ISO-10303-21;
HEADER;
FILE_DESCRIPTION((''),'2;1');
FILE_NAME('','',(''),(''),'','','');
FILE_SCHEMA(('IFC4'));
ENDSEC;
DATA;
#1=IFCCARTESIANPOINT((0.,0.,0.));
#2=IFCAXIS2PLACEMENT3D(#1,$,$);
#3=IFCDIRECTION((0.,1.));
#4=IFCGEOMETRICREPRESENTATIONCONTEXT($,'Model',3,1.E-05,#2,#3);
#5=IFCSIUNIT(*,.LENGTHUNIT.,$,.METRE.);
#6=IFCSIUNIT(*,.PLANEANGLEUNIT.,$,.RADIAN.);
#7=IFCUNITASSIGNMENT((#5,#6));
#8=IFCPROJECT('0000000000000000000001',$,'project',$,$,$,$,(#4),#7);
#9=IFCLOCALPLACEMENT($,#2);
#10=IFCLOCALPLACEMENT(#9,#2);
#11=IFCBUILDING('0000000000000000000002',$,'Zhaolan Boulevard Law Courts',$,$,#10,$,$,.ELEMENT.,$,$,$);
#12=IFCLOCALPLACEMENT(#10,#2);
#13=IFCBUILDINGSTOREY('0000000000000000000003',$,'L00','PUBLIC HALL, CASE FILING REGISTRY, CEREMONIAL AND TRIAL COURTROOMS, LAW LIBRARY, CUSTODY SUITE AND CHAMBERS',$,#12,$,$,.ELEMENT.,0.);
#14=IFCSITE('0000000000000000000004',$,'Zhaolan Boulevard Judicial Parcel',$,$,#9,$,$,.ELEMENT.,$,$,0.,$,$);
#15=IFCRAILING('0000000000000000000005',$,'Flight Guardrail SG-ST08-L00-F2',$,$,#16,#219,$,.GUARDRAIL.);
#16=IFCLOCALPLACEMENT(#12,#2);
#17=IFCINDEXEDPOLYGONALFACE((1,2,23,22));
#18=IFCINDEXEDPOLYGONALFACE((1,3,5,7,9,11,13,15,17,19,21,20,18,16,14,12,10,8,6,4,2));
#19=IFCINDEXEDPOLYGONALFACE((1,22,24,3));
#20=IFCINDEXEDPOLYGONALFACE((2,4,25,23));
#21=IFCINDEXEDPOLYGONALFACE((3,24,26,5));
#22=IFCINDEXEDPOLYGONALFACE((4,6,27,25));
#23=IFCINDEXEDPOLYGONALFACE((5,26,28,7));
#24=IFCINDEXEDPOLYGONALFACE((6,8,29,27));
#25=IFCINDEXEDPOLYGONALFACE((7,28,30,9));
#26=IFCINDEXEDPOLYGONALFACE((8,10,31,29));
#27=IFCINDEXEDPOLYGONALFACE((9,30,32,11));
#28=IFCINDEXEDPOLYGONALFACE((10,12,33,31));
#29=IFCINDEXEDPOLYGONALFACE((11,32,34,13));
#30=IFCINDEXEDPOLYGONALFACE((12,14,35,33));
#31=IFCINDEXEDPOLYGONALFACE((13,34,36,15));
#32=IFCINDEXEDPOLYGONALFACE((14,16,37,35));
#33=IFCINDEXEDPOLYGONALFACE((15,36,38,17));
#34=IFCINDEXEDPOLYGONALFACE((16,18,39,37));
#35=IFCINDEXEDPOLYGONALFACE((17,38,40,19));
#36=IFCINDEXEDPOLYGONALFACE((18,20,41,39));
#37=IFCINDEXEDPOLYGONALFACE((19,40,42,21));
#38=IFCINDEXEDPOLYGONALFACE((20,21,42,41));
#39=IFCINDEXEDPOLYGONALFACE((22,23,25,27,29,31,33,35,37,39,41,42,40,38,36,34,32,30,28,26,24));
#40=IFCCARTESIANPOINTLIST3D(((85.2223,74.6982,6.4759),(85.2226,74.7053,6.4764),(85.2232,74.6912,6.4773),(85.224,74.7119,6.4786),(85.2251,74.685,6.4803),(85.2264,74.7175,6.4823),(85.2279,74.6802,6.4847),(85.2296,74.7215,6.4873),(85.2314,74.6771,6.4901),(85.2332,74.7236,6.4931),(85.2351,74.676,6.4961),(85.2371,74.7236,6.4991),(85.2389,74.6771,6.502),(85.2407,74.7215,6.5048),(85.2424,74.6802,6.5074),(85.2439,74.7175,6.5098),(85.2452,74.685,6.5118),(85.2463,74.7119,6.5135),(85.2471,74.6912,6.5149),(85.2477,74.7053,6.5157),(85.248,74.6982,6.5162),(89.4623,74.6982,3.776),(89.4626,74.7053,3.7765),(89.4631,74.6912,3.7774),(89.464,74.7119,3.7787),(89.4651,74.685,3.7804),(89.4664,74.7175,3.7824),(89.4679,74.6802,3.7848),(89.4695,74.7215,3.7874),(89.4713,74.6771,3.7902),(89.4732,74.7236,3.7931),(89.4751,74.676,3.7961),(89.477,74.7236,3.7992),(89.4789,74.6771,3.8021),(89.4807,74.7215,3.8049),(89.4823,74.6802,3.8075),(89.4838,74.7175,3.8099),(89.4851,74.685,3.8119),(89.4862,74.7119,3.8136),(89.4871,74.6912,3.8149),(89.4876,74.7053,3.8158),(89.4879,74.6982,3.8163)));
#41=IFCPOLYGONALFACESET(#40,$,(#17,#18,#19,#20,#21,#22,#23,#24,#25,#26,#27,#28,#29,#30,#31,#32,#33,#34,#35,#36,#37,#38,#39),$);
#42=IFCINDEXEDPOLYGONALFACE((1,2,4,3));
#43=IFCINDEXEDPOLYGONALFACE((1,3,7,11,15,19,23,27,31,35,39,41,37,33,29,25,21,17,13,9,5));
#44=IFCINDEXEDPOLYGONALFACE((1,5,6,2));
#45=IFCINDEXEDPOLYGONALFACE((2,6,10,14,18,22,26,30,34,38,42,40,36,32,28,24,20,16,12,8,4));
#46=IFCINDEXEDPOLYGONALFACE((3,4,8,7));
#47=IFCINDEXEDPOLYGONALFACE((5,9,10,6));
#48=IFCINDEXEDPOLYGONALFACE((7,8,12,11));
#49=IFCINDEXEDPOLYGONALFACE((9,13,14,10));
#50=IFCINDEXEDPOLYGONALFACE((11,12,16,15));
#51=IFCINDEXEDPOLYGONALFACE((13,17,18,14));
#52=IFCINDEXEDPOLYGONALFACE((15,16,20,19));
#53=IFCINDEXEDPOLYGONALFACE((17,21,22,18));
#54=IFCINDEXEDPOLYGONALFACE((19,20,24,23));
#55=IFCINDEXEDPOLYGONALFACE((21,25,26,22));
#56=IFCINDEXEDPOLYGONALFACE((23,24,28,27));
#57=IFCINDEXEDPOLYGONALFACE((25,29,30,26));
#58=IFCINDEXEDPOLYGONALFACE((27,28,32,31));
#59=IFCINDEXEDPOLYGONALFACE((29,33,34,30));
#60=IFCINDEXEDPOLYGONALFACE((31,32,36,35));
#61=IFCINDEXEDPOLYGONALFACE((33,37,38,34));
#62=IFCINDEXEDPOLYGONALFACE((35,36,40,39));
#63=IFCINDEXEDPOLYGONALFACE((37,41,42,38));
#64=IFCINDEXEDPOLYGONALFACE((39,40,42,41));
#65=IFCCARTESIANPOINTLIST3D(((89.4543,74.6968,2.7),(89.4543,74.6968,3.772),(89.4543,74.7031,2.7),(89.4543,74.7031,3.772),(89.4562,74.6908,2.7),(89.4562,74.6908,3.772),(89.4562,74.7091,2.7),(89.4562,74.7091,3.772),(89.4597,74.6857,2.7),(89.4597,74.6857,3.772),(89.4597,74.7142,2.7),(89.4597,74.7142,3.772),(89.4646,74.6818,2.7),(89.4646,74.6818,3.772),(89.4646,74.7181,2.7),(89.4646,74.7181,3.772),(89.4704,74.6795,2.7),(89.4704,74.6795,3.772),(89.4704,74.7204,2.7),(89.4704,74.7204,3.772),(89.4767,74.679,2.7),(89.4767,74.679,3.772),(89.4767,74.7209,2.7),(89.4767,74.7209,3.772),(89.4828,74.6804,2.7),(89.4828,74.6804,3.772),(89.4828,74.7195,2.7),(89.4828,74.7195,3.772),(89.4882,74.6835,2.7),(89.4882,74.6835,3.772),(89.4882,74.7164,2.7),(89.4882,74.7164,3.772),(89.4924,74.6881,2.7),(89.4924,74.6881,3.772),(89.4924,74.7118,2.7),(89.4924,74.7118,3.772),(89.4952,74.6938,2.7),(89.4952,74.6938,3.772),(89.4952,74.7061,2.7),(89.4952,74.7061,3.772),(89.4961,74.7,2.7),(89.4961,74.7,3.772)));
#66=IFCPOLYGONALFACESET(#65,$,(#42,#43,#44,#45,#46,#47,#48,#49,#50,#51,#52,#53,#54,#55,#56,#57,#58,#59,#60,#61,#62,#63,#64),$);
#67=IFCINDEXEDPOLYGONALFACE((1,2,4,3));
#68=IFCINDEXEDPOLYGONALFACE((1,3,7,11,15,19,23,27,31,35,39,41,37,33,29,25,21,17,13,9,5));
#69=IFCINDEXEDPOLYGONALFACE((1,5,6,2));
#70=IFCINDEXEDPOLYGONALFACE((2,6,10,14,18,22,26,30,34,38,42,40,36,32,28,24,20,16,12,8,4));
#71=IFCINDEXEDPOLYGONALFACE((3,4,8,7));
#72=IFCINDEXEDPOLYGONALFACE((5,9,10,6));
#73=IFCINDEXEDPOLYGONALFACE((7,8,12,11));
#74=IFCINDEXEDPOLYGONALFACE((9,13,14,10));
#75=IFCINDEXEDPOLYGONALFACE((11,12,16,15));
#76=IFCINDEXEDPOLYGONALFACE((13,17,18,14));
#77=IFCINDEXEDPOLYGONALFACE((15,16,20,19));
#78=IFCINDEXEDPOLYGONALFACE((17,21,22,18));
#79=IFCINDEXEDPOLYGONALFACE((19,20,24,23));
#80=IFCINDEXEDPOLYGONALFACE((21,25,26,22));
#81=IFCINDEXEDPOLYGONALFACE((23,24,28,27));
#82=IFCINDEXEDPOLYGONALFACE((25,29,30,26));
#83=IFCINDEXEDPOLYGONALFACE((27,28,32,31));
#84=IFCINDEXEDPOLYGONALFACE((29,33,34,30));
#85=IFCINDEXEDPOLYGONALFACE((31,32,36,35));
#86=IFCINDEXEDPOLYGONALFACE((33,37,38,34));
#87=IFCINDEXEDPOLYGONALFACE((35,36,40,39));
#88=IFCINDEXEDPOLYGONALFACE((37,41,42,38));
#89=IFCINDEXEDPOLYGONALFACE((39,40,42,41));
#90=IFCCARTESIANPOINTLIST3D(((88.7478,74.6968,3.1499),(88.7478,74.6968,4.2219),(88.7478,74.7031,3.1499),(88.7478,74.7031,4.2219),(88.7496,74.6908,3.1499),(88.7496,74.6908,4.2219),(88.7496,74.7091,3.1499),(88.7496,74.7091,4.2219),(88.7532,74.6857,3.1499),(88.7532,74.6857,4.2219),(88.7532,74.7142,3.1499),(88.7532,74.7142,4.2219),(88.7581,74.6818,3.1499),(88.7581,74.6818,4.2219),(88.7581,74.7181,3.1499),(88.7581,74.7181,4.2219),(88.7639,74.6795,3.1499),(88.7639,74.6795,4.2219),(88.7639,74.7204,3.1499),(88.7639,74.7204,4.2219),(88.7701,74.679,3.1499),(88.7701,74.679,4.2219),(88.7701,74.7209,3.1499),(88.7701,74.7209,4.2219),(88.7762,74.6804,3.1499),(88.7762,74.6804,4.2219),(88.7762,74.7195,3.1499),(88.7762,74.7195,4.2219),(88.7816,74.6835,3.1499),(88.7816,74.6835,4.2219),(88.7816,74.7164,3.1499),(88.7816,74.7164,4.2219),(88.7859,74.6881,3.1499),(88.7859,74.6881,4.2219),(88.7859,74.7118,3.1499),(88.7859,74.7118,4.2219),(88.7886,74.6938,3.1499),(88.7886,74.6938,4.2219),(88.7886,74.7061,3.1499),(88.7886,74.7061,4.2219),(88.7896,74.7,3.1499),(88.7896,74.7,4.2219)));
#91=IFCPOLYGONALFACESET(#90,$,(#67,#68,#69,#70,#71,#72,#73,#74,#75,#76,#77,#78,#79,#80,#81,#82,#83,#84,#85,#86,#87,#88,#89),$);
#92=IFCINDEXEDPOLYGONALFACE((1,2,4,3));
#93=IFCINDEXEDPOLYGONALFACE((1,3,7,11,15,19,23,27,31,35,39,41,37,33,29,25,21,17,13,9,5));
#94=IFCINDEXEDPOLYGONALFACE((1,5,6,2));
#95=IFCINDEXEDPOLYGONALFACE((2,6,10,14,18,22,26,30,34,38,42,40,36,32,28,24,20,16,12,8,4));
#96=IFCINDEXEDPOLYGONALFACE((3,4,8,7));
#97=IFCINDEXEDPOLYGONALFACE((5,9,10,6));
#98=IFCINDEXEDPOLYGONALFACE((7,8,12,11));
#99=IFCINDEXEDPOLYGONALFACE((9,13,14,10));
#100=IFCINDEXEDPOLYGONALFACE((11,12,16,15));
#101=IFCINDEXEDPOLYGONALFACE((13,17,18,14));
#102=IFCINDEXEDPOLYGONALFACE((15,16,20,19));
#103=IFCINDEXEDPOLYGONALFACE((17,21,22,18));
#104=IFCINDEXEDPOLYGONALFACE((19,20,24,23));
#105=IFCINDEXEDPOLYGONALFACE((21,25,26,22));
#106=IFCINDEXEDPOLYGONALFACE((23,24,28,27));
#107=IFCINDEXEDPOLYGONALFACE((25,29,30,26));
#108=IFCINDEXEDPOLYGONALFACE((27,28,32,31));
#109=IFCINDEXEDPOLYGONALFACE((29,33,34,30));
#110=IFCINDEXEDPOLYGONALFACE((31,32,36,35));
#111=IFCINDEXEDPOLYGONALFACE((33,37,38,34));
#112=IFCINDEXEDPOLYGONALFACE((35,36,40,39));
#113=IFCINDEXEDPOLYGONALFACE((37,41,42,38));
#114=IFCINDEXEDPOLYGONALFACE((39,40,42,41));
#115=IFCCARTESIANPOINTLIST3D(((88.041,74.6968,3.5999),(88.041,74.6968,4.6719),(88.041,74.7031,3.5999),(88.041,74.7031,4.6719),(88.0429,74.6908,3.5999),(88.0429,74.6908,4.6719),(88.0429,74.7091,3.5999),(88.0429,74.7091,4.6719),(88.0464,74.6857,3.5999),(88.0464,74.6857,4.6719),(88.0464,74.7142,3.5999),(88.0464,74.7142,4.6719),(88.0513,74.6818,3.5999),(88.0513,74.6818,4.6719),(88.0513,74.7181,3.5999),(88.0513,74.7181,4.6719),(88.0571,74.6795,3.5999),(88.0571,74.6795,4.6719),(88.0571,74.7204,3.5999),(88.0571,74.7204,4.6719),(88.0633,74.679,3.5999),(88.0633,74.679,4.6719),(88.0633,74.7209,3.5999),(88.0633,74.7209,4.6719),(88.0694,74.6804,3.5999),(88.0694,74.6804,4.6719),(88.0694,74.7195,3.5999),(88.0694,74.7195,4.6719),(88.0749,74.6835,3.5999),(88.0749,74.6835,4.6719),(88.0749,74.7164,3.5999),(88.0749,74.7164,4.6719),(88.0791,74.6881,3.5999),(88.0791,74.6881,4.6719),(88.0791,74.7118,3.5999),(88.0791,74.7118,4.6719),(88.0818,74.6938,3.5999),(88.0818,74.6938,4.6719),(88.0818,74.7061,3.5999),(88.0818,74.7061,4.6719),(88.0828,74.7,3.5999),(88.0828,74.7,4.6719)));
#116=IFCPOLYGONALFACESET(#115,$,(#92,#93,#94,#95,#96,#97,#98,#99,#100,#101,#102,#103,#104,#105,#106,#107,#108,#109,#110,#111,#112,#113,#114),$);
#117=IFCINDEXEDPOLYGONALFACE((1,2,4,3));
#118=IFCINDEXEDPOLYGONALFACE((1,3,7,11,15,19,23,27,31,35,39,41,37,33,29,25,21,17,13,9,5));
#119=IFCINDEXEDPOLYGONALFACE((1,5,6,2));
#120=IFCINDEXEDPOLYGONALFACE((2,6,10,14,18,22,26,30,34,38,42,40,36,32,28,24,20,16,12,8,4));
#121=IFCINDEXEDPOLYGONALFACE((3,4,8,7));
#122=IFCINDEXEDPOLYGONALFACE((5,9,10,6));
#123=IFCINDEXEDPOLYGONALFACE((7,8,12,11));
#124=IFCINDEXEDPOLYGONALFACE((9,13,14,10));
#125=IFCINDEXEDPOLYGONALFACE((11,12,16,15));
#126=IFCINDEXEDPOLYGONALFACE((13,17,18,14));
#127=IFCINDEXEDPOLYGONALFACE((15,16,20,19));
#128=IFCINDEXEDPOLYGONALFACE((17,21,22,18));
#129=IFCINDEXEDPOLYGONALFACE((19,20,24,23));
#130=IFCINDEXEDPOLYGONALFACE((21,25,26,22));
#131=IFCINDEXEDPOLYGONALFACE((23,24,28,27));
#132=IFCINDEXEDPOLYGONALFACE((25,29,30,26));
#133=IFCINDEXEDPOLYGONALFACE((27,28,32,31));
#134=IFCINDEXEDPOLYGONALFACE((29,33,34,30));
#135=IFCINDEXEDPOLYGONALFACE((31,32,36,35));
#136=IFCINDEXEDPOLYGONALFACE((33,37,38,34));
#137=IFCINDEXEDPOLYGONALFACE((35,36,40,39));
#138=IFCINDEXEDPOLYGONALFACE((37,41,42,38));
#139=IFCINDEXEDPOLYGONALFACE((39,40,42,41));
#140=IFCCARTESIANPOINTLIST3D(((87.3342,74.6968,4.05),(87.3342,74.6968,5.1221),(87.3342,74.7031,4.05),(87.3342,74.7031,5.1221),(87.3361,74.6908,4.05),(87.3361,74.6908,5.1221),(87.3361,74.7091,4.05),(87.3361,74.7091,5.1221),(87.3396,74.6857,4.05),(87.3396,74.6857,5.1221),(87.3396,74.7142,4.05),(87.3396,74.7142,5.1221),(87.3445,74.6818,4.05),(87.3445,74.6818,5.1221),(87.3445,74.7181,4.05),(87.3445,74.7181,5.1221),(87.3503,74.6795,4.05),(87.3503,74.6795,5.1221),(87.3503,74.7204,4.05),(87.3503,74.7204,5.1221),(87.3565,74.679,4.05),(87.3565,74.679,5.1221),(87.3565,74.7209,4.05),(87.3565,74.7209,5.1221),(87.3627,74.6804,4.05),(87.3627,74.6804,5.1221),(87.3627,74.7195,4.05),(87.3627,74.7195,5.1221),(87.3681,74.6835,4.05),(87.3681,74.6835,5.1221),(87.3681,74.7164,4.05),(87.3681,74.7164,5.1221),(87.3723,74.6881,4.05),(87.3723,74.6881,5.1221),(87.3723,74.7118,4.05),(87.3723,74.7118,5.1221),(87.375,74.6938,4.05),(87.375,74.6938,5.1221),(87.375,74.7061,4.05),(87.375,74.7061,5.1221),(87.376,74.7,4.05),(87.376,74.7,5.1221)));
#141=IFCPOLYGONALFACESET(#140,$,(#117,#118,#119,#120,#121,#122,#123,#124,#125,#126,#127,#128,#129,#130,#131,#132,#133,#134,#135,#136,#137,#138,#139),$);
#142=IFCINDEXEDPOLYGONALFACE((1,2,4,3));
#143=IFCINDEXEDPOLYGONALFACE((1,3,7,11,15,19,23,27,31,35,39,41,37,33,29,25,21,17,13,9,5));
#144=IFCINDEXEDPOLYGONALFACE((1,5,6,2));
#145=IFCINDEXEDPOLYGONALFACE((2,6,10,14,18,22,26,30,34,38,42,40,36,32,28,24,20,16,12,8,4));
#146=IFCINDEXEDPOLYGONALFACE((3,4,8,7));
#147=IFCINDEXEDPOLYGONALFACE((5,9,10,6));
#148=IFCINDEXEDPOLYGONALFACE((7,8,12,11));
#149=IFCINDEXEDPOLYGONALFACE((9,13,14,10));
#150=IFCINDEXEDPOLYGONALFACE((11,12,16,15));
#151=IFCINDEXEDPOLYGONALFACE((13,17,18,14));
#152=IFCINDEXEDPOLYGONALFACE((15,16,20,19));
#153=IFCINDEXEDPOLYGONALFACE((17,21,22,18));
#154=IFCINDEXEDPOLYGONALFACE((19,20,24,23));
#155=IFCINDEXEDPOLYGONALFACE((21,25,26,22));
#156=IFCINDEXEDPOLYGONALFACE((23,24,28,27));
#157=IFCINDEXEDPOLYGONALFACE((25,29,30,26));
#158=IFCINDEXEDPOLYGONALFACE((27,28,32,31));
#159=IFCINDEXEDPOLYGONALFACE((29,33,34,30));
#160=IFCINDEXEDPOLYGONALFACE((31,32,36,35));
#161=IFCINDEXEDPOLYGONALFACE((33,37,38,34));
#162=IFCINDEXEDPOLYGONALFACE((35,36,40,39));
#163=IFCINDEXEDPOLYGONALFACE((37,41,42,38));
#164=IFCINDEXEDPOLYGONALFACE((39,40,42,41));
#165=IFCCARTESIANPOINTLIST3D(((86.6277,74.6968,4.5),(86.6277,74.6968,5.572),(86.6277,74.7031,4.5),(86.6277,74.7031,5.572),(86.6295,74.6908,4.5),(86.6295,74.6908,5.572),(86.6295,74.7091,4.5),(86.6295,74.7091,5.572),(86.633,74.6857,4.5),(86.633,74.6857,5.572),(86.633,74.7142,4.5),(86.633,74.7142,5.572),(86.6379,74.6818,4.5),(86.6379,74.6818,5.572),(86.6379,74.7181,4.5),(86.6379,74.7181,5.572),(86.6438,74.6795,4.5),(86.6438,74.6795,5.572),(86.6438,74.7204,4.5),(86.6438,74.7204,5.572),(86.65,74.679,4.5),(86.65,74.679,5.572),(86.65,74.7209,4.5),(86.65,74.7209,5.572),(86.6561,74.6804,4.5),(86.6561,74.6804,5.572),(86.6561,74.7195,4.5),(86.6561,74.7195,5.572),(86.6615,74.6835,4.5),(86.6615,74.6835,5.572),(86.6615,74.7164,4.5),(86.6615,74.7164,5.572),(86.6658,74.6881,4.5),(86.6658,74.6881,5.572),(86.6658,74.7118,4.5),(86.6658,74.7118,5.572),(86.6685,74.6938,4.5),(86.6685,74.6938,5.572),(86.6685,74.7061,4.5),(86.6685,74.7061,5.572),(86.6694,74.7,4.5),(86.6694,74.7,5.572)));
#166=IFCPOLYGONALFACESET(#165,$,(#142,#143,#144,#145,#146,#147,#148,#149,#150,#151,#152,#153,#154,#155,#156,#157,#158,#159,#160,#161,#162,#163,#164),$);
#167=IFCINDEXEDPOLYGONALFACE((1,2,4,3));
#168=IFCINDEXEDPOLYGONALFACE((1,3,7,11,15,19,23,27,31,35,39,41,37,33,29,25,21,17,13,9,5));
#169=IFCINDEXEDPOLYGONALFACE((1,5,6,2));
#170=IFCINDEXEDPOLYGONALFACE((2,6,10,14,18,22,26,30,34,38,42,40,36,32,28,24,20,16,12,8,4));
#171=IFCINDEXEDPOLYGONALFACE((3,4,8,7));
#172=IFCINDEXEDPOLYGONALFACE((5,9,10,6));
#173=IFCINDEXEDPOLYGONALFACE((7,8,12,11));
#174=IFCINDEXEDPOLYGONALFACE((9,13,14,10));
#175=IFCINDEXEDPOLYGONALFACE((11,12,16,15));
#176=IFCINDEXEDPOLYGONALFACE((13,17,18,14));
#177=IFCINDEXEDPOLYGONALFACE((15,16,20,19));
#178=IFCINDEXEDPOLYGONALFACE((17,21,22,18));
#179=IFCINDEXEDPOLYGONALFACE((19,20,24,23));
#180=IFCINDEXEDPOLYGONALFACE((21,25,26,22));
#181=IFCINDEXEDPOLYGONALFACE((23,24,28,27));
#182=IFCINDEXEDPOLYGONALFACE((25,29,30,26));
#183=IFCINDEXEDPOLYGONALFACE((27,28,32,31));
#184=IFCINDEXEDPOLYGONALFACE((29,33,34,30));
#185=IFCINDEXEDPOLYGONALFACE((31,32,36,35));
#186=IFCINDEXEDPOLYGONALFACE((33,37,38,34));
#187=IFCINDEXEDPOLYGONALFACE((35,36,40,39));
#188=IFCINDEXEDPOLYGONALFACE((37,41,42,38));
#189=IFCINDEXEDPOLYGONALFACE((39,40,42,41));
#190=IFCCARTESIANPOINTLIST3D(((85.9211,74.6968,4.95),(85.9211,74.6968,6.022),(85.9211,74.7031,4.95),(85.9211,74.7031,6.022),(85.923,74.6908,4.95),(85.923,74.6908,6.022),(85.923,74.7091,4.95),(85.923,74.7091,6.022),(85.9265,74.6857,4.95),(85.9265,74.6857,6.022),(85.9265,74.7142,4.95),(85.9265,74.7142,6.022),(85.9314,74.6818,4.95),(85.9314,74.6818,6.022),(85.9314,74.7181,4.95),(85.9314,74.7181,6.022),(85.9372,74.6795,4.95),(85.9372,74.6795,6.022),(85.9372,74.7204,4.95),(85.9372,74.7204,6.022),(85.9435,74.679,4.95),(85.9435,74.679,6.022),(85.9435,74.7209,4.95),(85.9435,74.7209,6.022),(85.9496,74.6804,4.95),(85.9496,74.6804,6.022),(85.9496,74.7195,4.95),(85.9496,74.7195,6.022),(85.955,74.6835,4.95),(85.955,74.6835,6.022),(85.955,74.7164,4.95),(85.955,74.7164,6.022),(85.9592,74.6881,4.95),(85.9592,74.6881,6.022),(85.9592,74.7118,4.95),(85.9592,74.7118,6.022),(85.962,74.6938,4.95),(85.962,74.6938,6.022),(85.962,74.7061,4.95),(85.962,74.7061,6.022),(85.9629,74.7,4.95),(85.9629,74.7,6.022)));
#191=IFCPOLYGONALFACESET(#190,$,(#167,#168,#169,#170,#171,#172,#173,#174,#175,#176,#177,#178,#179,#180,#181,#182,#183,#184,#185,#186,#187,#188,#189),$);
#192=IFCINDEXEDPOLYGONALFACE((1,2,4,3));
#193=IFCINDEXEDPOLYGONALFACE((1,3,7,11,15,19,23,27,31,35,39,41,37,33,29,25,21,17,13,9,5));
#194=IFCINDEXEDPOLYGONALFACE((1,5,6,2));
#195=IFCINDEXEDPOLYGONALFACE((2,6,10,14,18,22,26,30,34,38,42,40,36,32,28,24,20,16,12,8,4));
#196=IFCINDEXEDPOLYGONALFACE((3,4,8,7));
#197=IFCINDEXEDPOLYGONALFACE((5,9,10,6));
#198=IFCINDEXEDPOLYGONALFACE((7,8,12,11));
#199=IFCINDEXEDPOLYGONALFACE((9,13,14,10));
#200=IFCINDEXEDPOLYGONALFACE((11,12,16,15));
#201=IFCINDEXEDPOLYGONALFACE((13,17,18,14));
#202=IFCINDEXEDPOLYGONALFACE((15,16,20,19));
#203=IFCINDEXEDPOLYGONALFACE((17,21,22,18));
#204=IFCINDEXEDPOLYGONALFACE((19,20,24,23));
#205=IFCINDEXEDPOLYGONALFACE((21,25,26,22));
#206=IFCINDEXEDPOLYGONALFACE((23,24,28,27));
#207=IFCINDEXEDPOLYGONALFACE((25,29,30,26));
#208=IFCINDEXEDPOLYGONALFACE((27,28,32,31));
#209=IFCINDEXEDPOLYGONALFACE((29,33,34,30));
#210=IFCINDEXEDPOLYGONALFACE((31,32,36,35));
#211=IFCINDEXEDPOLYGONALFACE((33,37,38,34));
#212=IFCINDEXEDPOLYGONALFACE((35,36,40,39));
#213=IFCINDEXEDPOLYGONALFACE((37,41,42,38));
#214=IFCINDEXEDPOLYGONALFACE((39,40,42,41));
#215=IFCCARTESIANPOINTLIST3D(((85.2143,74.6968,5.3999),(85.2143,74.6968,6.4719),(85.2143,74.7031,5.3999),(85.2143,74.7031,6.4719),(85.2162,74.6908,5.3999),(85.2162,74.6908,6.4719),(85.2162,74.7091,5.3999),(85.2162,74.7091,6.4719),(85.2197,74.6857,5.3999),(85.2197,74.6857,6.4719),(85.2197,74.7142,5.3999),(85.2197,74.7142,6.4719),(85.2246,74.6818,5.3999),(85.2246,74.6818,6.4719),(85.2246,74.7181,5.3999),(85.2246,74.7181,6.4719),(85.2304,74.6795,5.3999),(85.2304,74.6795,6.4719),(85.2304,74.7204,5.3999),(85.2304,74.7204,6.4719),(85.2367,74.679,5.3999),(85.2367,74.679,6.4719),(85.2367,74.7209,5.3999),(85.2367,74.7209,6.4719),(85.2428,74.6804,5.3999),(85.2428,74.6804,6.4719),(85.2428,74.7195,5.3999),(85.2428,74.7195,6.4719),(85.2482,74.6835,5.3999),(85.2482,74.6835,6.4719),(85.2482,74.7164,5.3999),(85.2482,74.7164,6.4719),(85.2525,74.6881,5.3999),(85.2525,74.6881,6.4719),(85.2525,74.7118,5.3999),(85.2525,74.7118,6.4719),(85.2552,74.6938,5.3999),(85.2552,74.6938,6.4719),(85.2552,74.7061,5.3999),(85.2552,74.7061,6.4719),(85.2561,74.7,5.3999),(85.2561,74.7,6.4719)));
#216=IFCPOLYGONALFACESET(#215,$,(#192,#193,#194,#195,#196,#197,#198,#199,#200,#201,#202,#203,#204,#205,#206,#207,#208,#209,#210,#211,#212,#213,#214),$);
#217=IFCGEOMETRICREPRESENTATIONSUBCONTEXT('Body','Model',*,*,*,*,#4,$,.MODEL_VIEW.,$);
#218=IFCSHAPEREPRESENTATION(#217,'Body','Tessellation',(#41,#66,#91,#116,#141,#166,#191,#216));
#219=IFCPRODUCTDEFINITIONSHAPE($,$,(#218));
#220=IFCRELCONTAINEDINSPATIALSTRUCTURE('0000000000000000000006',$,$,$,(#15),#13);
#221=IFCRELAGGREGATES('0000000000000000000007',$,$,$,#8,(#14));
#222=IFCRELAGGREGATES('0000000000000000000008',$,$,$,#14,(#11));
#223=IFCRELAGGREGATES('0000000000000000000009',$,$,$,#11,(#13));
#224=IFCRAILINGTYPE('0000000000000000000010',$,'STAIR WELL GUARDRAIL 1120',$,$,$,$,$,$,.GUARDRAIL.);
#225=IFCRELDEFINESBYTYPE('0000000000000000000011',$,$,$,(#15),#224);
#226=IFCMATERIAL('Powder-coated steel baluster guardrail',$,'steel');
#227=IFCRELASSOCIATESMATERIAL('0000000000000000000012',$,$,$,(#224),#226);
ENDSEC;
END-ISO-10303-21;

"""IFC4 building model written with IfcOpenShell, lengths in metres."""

from ifc_helpers import new_model, si_unit, direction, frame, origin, origin_2d, place, context, subcontext, project, spatial, circle, extrude, material, type_object, element, save


model = new_model("IFC4")

# Units and contexts
model_context = context("Model", 3, precision=1e-05, world=origin(), true_north=direction((0.0, 1.0)))
body_context = subcontext(model_context, "Body", "Model", "MODEL_VIEW")
ifc_project = project(units=[si_unit("LENGTHUNIT", "METRE"), si_unit("PLANEANGLEUNIT", "RADIAN")], contexts=[model_context])

# Site, building, storey
site_placement = place(None, origin())
site = spatial("IfcSite", under=ifc_project, at=site_placement, Name="Zhaolan Boulevard Judicial Parcel", CompositionType="ELEMENT", RefElevation=0.0)
building_placement = place(site_placement, origin())
building = spatial("IfcBuilding", under=site, at=building_placement, Name="Zhaolan Boulevard Law Courts", CompositionType="ELEMENT")
storey_placement = place(building_placement, origin())
storey = spatial("IfcBuildingStorey", under=building, at=storey_placement, Name="L00", Description="PUBLIC HALL, CASE FILING REGISTRY, CEREMONIAL AND TRIAL COURTROOMS, LAW LIBRARY, CUSTODY SUITE AND CHAMBERS", CompositionType="ELEMENT", Elevation=0.0)

# Railing
ifc_material_1 = material(Name="Powder-coated steel baluster guardrail", Category="steel")
railing_type_1 = type_object("IfcRailingType", Name="STAIR WELL GUARDRAIL 1120", PredefinedType="GUARDRAIL", material=ifc_material_1)
railing_1_placement = place(storey_placement, frame((89.4751, 74.7, 2.7)))
element("IfcRailing", 1, at=railing_1_placement, inside=storey, type_object=railing_type_1, Name="Flight Guardrail SG-ST08-L00-F2", PredefinedType="GUARDRAIL", context=body_context, shape_type="SweptSolid", body=[
    extrude(circle(Radius=0.0239, at=origin_2d()), frame((0.0, 0.0, 1.0962), z_axis=(-0.843501, 0.0, 0.537127), x_axis=(0.0, -1.0, 0.0)), (0.0, 0.0, 1.0), 5.0266),
    extrude(circle(Radius=0.021, at=origin_2d()), origin(), (0.0, 0.0, 1.0), 1.072),
    extrude(circle(Radius=0.021, at=origin_2d()), frame((-0.7065, 0.0, 0.45)), (0.0, 0.0, 1.0), 1.072),
    extrude(circle(Radius=0.021, at=origin_2d()), frame((-1.4133, 0.0, 0.8999)), (0.0, 0.0, 1.0), 1.072),
    extrude(circle(Radius=0.021, at=origin_2d()), frame((-2.1201, 0.0, 1.3501)), (0.0, 0.0, 1.0), 1.072),
    extrude(circle(Radius=0.021, at=origin_2d()), frame((-2.8267, 0.0, 1.8)), (0.0, 0.0, 1.0), 1.072),
    extrude(circle(Radius=0.021, at=origin_2d()), frame((-3.5332, 0.0, 2.25)), (0.0, 0.0, 1.0), 1.072),
    extrude(circle(Radius=0.021, at=origin_2d()), frame((-4.24, 0.0, 2.7)), (0.0, 0.0, 1.0), 1.072),
])

save(model, "model.ifc")
